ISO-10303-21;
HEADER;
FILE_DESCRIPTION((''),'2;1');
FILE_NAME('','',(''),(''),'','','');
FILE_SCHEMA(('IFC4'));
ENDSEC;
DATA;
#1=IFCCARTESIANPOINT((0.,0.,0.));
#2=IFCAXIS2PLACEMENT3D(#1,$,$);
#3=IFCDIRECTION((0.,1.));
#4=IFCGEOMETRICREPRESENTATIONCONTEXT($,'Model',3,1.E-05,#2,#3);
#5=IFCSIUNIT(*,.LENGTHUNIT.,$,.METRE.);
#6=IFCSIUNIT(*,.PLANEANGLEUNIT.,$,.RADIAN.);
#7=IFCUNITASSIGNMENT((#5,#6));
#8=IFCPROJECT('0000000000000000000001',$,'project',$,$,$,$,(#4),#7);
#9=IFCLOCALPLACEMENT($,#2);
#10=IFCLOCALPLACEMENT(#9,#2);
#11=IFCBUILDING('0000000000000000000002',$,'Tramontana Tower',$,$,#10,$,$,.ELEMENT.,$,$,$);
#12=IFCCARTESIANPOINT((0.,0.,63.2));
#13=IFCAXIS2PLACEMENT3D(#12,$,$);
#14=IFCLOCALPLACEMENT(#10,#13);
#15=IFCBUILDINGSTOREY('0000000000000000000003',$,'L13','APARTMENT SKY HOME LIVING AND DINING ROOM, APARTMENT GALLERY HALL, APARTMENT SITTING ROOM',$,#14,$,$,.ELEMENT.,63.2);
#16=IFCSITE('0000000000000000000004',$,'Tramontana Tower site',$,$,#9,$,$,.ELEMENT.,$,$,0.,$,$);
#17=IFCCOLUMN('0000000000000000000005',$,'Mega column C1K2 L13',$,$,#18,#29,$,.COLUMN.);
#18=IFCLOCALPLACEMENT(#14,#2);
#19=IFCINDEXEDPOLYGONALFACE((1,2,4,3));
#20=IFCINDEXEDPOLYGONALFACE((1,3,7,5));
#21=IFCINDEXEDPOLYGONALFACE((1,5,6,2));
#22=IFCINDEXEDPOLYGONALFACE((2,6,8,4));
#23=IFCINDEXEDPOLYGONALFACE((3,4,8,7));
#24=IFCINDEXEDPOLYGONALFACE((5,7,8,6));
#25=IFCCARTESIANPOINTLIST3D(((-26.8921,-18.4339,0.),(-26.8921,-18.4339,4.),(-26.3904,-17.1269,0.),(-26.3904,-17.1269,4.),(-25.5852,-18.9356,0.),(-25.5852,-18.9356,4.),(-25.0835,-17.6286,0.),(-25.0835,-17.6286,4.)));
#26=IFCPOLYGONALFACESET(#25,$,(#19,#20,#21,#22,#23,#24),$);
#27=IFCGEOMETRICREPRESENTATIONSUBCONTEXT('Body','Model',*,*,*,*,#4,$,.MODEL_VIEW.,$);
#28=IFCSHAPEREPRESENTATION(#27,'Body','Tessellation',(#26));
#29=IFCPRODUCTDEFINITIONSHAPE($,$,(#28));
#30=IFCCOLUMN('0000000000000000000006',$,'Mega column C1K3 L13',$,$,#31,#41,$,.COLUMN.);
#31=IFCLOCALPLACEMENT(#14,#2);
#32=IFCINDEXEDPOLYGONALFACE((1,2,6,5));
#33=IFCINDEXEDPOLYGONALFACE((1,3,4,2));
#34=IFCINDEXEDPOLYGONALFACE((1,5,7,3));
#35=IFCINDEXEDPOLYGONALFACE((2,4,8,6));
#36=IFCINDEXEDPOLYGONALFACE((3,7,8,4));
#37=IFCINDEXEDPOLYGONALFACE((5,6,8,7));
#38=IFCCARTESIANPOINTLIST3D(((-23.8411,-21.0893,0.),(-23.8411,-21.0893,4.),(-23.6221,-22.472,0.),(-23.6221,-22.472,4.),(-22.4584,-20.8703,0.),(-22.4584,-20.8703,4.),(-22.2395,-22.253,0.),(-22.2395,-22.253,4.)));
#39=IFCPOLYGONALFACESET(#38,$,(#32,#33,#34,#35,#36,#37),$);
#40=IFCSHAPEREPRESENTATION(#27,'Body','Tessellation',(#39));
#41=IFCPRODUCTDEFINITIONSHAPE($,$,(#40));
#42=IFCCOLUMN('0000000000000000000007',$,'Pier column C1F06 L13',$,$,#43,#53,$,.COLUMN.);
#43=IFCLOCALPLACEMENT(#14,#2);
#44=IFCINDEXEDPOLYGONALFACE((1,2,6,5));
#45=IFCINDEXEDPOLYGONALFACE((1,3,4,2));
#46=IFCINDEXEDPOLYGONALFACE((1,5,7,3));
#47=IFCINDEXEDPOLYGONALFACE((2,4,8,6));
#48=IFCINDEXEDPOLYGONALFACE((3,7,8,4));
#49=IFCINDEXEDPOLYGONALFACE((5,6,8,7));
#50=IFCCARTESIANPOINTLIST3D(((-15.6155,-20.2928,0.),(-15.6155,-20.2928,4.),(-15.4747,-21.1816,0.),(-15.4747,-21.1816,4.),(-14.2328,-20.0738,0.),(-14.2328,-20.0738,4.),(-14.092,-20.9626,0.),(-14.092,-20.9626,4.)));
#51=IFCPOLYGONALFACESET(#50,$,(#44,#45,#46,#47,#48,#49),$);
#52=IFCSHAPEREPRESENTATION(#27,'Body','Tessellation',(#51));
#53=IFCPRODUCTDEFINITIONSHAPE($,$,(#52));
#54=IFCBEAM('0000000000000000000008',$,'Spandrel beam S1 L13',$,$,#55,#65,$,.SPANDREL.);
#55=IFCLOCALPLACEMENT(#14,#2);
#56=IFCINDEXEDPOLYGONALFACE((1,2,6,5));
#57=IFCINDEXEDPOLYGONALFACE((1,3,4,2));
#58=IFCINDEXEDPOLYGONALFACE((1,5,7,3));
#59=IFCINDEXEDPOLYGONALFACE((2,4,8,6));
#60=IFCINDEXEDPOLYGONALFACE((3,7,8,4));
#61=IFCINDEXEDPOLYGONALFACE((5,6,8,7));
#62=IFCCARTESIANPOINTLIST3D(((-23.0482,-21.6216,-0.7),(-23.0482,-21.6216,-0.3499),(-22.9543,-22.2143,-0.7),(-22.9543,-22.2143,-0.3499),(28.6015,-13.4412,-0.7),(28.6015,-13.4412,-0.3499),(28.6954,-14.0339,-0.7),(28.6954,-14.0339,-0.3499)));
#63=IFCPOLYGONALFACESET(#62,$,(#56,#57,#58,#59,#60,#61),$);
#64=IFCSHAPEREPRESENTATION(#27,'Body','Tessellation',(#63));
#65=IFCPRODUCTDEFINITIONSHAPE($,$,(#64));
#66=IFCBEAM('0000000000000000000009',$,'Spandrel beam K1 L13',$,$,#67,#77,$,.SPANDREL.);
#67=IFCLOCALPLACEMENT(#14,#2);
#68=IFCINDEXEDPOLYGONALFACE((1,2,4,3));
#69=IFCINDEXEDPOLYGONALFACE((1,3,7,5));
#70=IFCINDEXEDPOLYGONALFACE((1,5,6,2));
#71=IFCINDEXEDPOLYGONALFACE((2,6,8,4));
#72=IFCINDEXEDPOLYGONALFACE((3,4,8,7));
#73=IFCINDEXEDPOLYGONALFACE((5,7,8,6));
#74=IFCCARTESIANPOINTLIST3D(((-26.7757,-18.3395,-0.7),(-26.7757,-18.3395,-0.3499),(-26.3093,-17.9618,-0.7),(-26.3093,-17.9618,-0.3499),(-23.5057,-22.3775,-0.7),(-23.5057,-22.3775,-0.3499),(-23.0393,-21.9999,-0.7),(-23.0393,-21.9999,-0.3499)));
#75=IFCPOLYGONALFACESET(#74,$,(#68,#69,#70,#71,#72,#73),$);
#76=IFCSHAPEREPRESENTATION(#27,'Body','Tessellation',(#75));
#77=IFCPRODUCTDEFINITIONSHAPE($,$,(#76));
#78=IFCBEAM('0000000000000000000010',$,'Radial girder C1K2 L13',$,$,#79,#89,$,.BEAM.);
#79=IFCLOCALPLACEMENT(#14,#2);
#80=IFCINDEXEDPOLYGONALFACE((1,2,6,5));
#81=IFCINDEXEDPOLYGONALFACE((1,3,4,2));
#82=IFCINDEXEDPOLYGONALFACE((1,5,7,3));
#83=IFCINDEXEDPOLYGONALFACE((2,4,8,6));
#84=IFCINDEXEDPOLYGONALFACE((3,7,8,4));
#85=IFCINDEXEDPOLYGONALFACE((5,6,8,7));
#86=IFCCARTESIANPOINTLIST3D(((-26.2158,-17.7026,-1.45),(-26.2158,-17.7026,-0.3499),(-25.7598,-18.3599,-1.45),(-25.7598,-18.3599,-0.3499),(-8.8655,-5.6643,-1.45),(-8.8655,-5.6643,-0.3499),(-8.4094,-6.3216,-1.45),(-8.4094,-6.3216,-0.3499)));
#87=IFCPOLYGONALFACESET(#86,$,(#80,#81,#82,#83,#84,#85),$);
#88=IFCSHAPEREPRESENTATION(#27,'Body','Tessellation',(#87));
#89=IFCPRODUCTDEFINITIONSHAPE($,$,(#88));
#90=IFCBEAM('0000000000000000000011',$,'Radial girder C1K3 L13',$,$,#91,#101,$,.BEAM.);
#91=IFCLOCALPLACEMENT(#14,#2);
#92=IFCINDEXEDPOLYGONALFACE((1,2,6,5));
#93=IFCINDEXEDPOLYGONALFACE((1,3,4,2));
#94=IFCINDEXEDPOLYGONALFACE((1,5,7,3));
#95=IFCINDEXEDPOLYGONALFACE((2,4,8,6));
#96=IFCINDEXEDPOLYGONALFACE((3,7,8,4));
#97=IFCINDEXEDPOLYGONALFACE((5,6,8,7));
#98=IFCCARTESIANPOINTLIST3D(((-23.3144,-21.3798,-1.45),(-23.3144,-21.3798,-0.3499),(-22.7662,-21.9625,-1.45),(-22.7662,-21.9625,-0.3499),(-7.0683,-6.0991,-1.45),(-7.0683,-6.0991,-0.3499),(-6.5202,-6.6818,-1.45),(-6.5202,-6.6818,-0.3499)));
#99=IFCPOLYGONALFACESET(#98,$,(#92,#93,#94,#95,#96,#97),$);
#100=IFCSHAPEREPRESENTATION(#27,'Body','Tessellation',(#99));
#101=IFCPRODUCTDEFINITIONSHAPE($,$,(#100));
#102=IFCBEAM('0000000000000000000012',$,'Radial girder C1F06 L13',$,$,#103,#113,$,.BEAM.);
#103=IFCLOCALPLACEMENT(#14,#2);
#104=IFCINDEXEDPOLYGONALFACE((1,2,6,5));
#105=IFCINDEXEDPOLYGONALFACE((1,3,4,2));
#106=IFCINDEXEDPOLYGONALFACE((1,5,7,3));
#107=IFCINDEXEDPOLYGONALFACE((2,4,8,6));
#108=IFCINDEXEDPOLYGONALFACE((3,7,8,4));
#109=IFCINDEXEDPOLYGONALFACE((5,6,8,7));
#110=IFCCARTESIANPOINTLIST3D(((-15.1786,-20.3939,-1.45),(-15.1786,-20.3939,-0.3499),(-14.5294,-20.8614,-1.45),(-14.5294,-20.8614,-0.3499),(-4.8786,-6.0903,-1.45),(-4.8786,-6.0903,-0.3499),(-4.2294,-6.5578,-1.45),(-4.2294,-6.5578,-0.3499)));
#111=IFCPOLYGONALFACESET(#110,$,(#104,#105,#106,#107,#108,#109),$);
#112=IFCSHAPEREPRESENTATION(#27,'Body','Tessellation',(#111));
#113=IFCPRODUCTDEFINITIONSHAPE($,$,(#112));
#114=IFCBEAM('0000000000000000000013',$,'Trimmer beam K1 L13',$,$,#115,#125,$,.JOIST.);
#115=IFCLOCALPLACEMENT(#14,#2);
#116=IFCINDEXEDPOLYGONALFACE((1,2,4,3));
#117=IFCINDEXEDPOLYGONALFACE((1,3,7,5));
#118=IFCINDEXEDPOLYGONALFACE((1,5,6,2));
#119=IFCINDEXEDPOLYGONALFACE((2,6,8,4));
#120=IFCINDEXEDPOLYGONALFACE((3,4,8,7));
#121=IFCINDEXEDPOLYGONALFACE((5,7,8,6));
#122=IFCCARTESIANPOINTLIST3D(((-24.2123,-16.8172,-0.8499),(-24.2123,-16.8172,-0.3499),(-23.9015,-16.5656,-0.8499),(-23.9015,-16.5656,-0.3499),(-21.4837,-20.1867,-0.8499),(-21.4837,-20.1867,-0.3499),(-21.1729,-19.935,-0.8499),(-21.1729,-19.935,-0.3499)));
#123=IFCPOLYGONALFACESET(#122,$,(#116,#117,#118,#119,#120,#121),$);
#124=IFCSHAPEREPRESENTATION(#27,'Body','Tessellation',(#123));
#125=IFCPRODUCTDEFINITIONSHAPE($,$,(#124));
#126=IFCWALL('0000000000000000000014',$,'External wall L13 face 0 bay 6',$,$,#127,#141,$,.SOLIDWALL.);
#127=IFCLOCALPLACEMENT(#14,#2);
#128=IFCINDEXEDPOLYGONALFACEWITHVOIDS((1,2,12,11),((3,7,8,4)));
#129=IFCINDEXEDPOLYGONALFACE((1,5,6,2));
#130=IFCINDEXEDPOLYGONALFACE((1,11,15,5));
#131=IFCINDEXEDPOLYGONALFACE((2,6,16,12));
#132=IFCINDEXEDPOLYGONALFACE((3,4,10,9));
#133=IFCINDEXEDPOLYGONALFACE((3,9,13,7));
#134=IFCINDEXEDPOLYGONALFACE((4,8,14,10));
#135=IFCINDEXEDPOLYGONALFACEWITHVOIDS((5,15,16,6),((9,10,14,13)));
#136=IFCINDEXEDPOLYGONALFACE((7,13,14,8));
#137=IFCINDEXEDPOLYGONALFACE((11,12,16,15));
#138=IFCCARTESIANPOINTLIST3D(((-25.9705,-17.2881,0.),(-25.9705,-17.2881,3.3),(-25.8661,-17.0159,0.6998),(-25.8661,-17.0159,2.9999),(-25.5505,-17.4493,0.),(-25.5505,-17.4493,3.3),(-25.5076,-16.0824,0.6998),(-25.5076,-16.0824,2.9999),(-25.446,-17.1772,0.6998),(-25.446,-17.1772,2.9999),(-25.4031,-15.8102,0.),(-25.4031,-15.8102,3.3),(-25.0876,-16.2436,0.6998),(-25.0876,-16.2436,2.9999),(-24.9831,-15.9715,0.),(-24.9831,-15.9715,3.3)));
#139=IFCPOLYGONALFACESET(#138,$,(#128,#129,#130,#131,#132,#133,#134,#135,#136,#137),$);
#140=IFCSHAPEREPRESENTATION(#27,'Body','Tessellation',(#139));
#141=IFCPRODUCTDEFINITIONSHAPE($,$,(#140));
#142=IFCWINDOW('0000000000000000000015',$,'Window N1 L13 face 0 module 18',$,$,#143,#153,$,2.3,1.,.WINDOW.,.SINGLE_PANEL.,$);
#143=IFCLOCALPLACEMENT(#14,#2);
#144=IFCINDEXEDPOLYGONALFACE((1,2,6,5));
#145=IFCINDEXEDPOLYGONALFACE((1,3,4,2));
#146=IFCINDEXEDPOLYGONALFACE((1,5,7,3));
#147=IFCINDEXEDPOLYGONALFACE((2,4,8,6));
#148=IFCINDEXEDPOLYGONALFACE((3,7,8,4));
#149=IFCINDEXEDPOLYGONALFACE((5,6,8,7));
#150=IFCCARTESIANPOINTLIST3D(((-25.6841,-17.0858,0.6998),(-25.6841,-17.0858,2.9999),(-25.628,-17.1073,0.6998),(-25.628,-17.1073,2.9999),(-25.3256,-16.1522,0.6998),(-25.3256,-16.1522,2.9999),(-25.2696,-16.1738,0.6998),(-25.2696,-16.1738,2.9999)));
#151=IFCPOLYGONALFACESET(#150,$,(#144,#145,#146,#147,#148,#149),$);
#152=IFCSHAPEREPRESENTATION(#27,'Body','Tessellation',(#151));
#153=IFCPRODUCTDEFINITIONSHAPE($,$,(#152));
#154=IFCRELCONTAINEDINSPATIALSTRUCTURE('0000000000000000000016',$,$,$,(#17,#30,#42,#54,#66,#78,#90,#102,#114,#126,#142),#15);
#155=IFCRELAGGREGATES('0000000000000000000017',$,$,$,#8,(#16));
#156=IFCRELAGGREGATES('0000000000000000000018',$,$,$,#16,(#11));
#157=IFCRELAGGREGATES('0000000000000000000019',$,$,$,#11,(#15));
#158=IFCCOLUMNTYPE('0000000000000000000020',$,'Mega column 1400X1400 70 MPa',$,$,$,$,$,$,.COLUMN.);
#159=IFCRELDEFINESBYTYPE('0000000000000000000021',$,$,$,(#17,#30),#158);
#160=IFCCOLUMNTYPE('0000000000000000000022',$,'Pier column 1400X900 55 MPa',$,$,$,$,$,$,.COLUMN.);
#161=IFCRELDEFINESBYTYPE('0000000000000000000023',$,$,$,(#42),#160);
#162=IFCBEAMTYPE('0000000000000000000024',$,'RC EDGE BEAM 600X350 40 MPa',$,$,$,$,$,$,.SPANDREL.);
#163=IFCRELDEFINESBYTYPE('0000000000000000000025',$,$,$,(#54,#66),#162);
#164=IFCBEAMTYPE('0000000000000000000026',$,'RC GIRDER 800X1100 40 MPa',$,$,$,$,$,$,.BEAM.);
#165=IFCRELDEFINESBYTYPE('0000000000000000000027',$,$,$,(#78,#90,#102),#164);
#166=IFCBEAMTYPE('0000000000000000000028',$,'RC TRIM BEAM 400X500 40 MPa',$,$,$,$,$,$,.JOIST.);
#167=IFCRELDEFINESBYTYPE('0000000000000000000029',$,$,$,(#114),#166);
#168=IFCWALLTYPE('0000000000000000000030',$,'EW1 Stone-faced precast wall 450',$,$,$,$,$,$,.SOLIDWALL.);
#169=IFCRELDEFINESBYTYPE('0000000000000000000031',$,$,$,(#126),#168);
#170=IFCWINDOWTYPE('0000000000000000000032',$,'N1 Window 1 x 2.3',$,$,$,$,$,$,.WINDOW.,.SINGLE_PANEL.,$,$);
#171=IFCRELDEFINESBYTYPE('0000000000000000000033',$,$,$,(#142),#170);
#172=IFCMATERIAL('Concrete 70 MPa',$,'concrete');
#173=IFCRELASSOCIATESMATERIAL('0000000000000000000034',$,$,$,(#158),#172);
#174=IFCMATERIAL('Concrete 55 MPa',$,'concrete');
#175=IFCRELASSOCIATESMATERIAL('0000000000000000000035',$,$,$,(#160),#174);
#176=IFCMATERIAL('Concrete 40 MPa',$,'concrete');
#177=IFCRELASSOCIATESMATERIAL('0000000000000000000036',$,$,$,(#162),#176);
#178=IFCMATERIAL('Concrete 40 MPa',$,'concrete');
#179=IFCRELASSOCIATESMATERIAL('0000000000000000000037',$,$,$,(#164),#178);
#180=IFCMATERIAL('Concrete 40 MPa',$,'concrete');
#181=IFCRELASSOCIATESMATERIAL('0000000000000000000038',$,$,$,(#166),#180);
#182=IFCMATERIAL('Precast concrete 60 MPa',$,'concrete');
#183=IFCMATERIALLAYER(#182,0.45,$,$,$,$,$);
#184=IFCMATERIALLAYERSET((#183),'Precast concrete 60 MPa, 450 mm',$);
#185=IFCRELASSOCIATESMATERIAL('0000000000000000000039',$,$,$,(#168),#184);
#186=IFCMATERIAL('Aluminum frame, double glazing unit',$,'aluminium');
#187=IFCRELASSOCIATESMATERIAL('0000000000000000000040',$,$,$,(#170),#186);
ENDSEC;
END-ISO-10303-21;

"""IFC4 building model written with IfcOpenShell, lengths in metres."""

from ifc_helpers import new_model, si_unit, direction, frame, frame_2d, origin, origin_2d, place, context, subcontext, project, spatial, rectangle, extrude, material, layer, layer_set, material_profile, profile_set, type_object, element, fill, save


model = new_model("IFC4")

# Units and contexts
model_context = context("Model", 3, precision=1e-05, world=origin(), true_north=direction((0.0, 1.0)))
body_context = subcontext(model_context, "Body", "Model", "MODEL_VIEW")
ifc_project = project(units=[si_unit("LENGTHUNIT", "METRE"), si_unit("PLANEANGLEUNIT", "RADIAN")], contexts=[model_context])

# Site, building, storey
site_placement = place(None, origin())
site = spatial("IfcSite", under=ifc_project, at=site_placement, Name="Tramontana Tower site", CompositionType="ELEMENT", RefElevation=0.0)
building_placement = place(site_placement, origin())
building = spatial("IfcBuilding", under=site, at=building_placement, Name="Tramontana Tower", CompositionType="ELEMENT")
storey_placement = place(building_placement, frame((0.0, 0.0, 63.2)))
storey = spatial("IfcBuildingStorey", under=building, at=storey_placement, Name="L13", Description="APARTMENT SKY HOME LIVING AND DINING ROOM, APARTMENT GALLERY HALL, APARTMENT SITTING ROOM", CompositionType="ELEMENT", Elevation=63.2)

# Columns
ifc_material_1 = material(Name="Concrete 70 MPa", Category="concrete")
ifc_material_profile_1 = material_profile(ifc_material_1, rectangle(XDim=1.3999, YDim=1.3999, at=origin_2d()), Name="Mega column 1400X1400 70 MPa")
ifc_profile_set_1 = profile_set([ifc_material_profile_1], Name="Concrete 70 MPa")
column_type_1 = type_object("IfcColumnType", Name="Mega column 1400X1400 70 MPa", PredefinedType="COLUMN", material=ifc_profile_set_1)
for number, where, z_axis, x_axis, name in (
    (1, (-25.9878, -18.0312, 0.0), (0.0, 0.0, 1.0), (-0.358368, -0.93358, 0.0), "Mega column C1K2 L13"),
    (2, (-23.0403, -21.6711, 0.0), (0.0, 0.0, 1.0), (0.987688, 0.156434, 0.0), "Mega column C1K3 L13"),
):
    element("IfcColumn", number, at=place(storey_placement, frame(where, z_axis=z_axis, x_axis=x_axis)), inside=storey, type_object=column_type_1, Name=name, PredefinedType="COLUMN", context=body_context, shape_type="SweptSolid", body=[
        extrude(rectangle(XDim=1.3999, YDim=1.3999, at=origin_2d()), origin(), (0.0, 0.0, 1.0), 4.0),
    ])
ifc_material_2 = material(Name="Concrete 55 MPa", Category="concrete")
ifc_material_profile_2 = material_profile(ifc_material_2, rectangle(XDim=1.3999, YDim=0.8999, at=origin_2d()), Name="Pier column 1400X900 55 MPa")
ifc_profile_set_2 = profile_set([ifc_material_profile_2], Name="Concrete 55 MPa")
column_type_2 = type_object("IfcColumnType", Name="Pier column 1400X900 55 MPa", PredefinedType="COLUMN", material=ifc_profile_set_2)
column_placement = place(storey_placement, frame((-14.8538, -20.6277, 0.0), z_axis=(0.0, 0.0, 1.0), x_axis=(0.987688, 0.156434, 0.0)))
element("IfcColumn", 3, at=column_placement, inside=storey, type_object=column_type_2, Name="Pier column C1F06 L13", PredefinedType="COLUMN", context=body_context, shape_type="SweptSolid", body=[
    extrude(rectangle(XDim=1.3999, YDim=0.8999, at=origin_2d()), origin(), (0.0, 0.0, 1.0), 4.0),
])

# Beams
ifc_material_3 = material(Name="Concrete 40 MPa", Category="concrete")
ifc_material_profile_3 = material_profile(ifc_material_3, rectangle(XDim=0.6001, YDim=0.3501, at=origin_2d()), Name="RC EDGE BEAM 600X350 40 MPa")
ifc_profile_set_3 = profile_set([ifc_material_profile_3], Name="Concrete 40 MPa")
beam_type_1 = type_object("IfcBeamType", Name="RC EDGE BEAM 600X350 40 MPa", PredefinedType="SPANDREL", material=ifc_profile_set_3)
beam_1_placement = place(storey_placement, frame((-23.0012, -21.918, -0.5249), z_axis=(0.987689, 0.156433, 0.0), x_axis=(-0.156433, 0.987689, 0.0)))
element("IfcBeam", 4, at=beam_1_placement, inside=storey, type_object=beam_type_1, Name="Spandrel beam S1 L13", PredefinedType="SPANDREL", context=body_context, shape_type="SweptSolid", body=[
    extrude(rectangle(XDim=0.6001, YDim=0.3501, at=origin_2d()), origin(), (0.0, 0.0, 1.0), 52.2935),
])
beam_2_placement = place(storey_placement, frame((-26.5425, -18.1506, -0.5249), z_axis=(0.629325, -0.777142, 0.0), x_axis=(0.777142, 0.629325, 0.0)))
element("IfcBeam", 5, at=beam_2_placement, inside=storey, type_object=beam_type_1, Name="Spandrel beam K1 L13", PredefinedType="SPANDREL", context=body_context, shape_type="SweptSolid", body=[
    extrude(rectangle(XDim=0.6001, YDim=0.3501, at=origin_2d()), origin(), (0.0, 0.0, 1.0), 5.196),
])
ifc_material_4 = material(Name="Concrete 40 MPa", Category="concrete")
ifc_material_profile_4 = material_profile(ifc_material_4, rectangle(XDim=0.8, YDim=1.1001, at=origin_2d()), Name="RC GIRDER 800X1100 40 MPa")
ifc_profile_set_4 = profile_set([ifc_material_profile_4], Name="Concrete 40 MPa")
beam_type_2 = type_object("IfcBeamType", Name="RC GIRDER 800X1100 40 MPa", PredefinedType="BEAM", material=ifc_profile_set_4)
beam_3_placement = place(storey_placement, frame((-25.9878, -18.0312, -0.8999), z_axis=(0.821603, 0.57006, 0.0), x_axis=(-0.57006, 0.821603, 0.0)))
element("IfcBeam", 6, at=beam_3_placement, inside=storey, type_object=beam_type_2, Name="Radial girder C1K2 L13", PredefinedType="BEAM", context=body_context, shape_type="SweptSolid", body=[
    extrude(rectangle(XDim=0.8, YDim=1.1001, at=origin_2d()), origin(), (0.0, 0.0, 1.0), 21.1177),
])
beam_4_placement = place(storey_placement, frame((-23.0403, -21.6711, -0.8999), z_axis=(0.728417, 0.685135, 0.0), x_axis=(-0.685135, 0.728417, 0.0)))
element("IfcBeam", 7, at=beam_4_placement, inside=storey, type_object=beam_type_2, Name="Radial girder C1K3 L13", PredefinedType="BEAM", context=body_context, shape_type="SweptSolid", body=[
    extrude(rectangle(XDim=0.8, YDim=1.1001, at=origin_2d()), origin(), (0.0, 0.0, 1.0), 22.3032),
])
beam_5_placement = place(storey_placement, frame((-14.854, -20.6277, -0.8999), z_axis=(0.584356, 0.811497, 0.0), x_axis=(-0.811497, 0.584356, 0.0)))
element("IfcBeam", 8, at=beam_5_placement, inside=storey, type_object=beam_type_2, Name="Radial girder C1F06 L13", PredefinedType="BEAM", context=body_context, shape_type="SweptSolid", body=[
    extrude(rectangle(XDim=0.8, YDim=1.1001, at=origin_2d()), origin(), (0.0, 0.0, 1.0), 17.6262),
])
ifc_material_5 = material(Name="Concrete 40 MPa", Category="concrete")
ifc_material_profile_5 = material_profile(ifc_material_5, rectangle(XDim=0.3999, YDim=0.5, at=origin_2d()), Name="RC TRIM BEAM 400X500 40 MPa")
ifc_profile_set_5 = profile_set([ifc_material_profile_5], Name="Concrete 40 MPa")
beam_type_3 = type_object("IfcBeamType", Name="RC TRIM BEAM 400X500 40 MPa", PredefinedType="JOIST", material=ifc_profile_set_5)
beam_6_placement = place(storey_placement, frame((-24.0569, -16.6914, -0.5999), z_axis=(0.629326, -0.777141, 0.0), x_axis=(0.777141, 0.629326, 0.0)))
element("IfcBeam", 9, at=beam_6_placement, inside=storey, type_object=beam_type_3, Name="Trimmer beam K1 L13", PredefinedType="JOIST", context=body_context, shape_type="SweptSolid", body=[
    extrude(rectangle(XDim=0.3999, YDim=0.5, at=origin_2d()), origin(), (0.0, 0.0, 1.0), 4.3357),
])

# Wall, opening, window
ifc_material_6 = material(Name="Precast concrete 60 MPa", Category="concrete")
ifc_layer_1 = layer(ifc_material_6, 0.45)
ifc_layer_set_1 = layer_set([ifc_layer_1], Name="Precast concrete 60 MPa, 450 mm")
wall_type_1 = type_object("IfcWallType", Name="EW1 Stone-faced precast wall 450", PredefinedType="SOLIDWALL", material=ifc_layer_set_1)
wall_1_placement = place(storey_placement, frame((-25.1931, -15.8909, 0.0), z_axis=(0.0, 0.0, 1.0), x_axis=(-0.358431, -0.933556, 0.0)))
wall_1 = element("IfcWall", 10, at=wall_1_placement, inside=storey, type_object=wall_type_1, Name="External wall L13 face 0 bay 6", PredefinedType="SOLIDWALL", context=body_context, shape_type="SweptSolid", body=[
    extrude(rectangle(XDim=1.583, YDim=0.45, at=frame_2d((0.7915, 0.0))), origin(), (0.0, 0.0, 1.0), 3.3),
])
opening_1_placement = place(wall_1_placement, frame((0.2915, 0.0, 0.7)))
opening_1 = element("IfcOpeningElement", 11, at=opening_1_placement, cuts=wall_1, PredefinedType="OPENING", context=body_context, shape_type="SweptSolid", body=[
    extrude(rectangle(XDim=1.0, YDim=2.3, at=frame_2d((0.5, 1.1499))), frame((0.0, 0.2349, 0.0), z_axis=(0.0, -1.0, 0.0), x_axis=(1.0, 0.0, 0.0)), (0.0, 0.0, 1.0), 0.47),
])
ifc_material_7 = material(Name="Aluminum frame, double glazing unit", Category="aluminium")
window_type_1 = type_object("IfcWindowType", Name="N1 Window 1 x 2.3", PartitioningType="SINGLE_PANEL", PredefinedType="WINDOW", material=ifc_material_7)
window_1_placement = place(opening_1_placement, origin())
window_1 = element("IfcWindow", 12, at=window_1_placement, inside=storey, type_object=window_type_1, Name="Window N1 L13 face 0 module 18", OverallHeight=2.3, OverallWidth=1.0, PartitioningType="SINGLE_PANEL", PredefinedType="WINDOW", context=body_context, shape_type="SweptSolid", body=[
    extrude(rectangle(XDim=1.0, YDim=2.3, at=frame_2d((0.5, 1.1499))), frame((0.0, 0.03, 0.0), z_axis=(0.0, -1.0, 0.0), x_axis=(1.0, 0.0, 0.0)), (0.0, 0.0, 1.0), 0.0601),
])
fill(opening_1, window_1)

save(model, "model.ifc")
